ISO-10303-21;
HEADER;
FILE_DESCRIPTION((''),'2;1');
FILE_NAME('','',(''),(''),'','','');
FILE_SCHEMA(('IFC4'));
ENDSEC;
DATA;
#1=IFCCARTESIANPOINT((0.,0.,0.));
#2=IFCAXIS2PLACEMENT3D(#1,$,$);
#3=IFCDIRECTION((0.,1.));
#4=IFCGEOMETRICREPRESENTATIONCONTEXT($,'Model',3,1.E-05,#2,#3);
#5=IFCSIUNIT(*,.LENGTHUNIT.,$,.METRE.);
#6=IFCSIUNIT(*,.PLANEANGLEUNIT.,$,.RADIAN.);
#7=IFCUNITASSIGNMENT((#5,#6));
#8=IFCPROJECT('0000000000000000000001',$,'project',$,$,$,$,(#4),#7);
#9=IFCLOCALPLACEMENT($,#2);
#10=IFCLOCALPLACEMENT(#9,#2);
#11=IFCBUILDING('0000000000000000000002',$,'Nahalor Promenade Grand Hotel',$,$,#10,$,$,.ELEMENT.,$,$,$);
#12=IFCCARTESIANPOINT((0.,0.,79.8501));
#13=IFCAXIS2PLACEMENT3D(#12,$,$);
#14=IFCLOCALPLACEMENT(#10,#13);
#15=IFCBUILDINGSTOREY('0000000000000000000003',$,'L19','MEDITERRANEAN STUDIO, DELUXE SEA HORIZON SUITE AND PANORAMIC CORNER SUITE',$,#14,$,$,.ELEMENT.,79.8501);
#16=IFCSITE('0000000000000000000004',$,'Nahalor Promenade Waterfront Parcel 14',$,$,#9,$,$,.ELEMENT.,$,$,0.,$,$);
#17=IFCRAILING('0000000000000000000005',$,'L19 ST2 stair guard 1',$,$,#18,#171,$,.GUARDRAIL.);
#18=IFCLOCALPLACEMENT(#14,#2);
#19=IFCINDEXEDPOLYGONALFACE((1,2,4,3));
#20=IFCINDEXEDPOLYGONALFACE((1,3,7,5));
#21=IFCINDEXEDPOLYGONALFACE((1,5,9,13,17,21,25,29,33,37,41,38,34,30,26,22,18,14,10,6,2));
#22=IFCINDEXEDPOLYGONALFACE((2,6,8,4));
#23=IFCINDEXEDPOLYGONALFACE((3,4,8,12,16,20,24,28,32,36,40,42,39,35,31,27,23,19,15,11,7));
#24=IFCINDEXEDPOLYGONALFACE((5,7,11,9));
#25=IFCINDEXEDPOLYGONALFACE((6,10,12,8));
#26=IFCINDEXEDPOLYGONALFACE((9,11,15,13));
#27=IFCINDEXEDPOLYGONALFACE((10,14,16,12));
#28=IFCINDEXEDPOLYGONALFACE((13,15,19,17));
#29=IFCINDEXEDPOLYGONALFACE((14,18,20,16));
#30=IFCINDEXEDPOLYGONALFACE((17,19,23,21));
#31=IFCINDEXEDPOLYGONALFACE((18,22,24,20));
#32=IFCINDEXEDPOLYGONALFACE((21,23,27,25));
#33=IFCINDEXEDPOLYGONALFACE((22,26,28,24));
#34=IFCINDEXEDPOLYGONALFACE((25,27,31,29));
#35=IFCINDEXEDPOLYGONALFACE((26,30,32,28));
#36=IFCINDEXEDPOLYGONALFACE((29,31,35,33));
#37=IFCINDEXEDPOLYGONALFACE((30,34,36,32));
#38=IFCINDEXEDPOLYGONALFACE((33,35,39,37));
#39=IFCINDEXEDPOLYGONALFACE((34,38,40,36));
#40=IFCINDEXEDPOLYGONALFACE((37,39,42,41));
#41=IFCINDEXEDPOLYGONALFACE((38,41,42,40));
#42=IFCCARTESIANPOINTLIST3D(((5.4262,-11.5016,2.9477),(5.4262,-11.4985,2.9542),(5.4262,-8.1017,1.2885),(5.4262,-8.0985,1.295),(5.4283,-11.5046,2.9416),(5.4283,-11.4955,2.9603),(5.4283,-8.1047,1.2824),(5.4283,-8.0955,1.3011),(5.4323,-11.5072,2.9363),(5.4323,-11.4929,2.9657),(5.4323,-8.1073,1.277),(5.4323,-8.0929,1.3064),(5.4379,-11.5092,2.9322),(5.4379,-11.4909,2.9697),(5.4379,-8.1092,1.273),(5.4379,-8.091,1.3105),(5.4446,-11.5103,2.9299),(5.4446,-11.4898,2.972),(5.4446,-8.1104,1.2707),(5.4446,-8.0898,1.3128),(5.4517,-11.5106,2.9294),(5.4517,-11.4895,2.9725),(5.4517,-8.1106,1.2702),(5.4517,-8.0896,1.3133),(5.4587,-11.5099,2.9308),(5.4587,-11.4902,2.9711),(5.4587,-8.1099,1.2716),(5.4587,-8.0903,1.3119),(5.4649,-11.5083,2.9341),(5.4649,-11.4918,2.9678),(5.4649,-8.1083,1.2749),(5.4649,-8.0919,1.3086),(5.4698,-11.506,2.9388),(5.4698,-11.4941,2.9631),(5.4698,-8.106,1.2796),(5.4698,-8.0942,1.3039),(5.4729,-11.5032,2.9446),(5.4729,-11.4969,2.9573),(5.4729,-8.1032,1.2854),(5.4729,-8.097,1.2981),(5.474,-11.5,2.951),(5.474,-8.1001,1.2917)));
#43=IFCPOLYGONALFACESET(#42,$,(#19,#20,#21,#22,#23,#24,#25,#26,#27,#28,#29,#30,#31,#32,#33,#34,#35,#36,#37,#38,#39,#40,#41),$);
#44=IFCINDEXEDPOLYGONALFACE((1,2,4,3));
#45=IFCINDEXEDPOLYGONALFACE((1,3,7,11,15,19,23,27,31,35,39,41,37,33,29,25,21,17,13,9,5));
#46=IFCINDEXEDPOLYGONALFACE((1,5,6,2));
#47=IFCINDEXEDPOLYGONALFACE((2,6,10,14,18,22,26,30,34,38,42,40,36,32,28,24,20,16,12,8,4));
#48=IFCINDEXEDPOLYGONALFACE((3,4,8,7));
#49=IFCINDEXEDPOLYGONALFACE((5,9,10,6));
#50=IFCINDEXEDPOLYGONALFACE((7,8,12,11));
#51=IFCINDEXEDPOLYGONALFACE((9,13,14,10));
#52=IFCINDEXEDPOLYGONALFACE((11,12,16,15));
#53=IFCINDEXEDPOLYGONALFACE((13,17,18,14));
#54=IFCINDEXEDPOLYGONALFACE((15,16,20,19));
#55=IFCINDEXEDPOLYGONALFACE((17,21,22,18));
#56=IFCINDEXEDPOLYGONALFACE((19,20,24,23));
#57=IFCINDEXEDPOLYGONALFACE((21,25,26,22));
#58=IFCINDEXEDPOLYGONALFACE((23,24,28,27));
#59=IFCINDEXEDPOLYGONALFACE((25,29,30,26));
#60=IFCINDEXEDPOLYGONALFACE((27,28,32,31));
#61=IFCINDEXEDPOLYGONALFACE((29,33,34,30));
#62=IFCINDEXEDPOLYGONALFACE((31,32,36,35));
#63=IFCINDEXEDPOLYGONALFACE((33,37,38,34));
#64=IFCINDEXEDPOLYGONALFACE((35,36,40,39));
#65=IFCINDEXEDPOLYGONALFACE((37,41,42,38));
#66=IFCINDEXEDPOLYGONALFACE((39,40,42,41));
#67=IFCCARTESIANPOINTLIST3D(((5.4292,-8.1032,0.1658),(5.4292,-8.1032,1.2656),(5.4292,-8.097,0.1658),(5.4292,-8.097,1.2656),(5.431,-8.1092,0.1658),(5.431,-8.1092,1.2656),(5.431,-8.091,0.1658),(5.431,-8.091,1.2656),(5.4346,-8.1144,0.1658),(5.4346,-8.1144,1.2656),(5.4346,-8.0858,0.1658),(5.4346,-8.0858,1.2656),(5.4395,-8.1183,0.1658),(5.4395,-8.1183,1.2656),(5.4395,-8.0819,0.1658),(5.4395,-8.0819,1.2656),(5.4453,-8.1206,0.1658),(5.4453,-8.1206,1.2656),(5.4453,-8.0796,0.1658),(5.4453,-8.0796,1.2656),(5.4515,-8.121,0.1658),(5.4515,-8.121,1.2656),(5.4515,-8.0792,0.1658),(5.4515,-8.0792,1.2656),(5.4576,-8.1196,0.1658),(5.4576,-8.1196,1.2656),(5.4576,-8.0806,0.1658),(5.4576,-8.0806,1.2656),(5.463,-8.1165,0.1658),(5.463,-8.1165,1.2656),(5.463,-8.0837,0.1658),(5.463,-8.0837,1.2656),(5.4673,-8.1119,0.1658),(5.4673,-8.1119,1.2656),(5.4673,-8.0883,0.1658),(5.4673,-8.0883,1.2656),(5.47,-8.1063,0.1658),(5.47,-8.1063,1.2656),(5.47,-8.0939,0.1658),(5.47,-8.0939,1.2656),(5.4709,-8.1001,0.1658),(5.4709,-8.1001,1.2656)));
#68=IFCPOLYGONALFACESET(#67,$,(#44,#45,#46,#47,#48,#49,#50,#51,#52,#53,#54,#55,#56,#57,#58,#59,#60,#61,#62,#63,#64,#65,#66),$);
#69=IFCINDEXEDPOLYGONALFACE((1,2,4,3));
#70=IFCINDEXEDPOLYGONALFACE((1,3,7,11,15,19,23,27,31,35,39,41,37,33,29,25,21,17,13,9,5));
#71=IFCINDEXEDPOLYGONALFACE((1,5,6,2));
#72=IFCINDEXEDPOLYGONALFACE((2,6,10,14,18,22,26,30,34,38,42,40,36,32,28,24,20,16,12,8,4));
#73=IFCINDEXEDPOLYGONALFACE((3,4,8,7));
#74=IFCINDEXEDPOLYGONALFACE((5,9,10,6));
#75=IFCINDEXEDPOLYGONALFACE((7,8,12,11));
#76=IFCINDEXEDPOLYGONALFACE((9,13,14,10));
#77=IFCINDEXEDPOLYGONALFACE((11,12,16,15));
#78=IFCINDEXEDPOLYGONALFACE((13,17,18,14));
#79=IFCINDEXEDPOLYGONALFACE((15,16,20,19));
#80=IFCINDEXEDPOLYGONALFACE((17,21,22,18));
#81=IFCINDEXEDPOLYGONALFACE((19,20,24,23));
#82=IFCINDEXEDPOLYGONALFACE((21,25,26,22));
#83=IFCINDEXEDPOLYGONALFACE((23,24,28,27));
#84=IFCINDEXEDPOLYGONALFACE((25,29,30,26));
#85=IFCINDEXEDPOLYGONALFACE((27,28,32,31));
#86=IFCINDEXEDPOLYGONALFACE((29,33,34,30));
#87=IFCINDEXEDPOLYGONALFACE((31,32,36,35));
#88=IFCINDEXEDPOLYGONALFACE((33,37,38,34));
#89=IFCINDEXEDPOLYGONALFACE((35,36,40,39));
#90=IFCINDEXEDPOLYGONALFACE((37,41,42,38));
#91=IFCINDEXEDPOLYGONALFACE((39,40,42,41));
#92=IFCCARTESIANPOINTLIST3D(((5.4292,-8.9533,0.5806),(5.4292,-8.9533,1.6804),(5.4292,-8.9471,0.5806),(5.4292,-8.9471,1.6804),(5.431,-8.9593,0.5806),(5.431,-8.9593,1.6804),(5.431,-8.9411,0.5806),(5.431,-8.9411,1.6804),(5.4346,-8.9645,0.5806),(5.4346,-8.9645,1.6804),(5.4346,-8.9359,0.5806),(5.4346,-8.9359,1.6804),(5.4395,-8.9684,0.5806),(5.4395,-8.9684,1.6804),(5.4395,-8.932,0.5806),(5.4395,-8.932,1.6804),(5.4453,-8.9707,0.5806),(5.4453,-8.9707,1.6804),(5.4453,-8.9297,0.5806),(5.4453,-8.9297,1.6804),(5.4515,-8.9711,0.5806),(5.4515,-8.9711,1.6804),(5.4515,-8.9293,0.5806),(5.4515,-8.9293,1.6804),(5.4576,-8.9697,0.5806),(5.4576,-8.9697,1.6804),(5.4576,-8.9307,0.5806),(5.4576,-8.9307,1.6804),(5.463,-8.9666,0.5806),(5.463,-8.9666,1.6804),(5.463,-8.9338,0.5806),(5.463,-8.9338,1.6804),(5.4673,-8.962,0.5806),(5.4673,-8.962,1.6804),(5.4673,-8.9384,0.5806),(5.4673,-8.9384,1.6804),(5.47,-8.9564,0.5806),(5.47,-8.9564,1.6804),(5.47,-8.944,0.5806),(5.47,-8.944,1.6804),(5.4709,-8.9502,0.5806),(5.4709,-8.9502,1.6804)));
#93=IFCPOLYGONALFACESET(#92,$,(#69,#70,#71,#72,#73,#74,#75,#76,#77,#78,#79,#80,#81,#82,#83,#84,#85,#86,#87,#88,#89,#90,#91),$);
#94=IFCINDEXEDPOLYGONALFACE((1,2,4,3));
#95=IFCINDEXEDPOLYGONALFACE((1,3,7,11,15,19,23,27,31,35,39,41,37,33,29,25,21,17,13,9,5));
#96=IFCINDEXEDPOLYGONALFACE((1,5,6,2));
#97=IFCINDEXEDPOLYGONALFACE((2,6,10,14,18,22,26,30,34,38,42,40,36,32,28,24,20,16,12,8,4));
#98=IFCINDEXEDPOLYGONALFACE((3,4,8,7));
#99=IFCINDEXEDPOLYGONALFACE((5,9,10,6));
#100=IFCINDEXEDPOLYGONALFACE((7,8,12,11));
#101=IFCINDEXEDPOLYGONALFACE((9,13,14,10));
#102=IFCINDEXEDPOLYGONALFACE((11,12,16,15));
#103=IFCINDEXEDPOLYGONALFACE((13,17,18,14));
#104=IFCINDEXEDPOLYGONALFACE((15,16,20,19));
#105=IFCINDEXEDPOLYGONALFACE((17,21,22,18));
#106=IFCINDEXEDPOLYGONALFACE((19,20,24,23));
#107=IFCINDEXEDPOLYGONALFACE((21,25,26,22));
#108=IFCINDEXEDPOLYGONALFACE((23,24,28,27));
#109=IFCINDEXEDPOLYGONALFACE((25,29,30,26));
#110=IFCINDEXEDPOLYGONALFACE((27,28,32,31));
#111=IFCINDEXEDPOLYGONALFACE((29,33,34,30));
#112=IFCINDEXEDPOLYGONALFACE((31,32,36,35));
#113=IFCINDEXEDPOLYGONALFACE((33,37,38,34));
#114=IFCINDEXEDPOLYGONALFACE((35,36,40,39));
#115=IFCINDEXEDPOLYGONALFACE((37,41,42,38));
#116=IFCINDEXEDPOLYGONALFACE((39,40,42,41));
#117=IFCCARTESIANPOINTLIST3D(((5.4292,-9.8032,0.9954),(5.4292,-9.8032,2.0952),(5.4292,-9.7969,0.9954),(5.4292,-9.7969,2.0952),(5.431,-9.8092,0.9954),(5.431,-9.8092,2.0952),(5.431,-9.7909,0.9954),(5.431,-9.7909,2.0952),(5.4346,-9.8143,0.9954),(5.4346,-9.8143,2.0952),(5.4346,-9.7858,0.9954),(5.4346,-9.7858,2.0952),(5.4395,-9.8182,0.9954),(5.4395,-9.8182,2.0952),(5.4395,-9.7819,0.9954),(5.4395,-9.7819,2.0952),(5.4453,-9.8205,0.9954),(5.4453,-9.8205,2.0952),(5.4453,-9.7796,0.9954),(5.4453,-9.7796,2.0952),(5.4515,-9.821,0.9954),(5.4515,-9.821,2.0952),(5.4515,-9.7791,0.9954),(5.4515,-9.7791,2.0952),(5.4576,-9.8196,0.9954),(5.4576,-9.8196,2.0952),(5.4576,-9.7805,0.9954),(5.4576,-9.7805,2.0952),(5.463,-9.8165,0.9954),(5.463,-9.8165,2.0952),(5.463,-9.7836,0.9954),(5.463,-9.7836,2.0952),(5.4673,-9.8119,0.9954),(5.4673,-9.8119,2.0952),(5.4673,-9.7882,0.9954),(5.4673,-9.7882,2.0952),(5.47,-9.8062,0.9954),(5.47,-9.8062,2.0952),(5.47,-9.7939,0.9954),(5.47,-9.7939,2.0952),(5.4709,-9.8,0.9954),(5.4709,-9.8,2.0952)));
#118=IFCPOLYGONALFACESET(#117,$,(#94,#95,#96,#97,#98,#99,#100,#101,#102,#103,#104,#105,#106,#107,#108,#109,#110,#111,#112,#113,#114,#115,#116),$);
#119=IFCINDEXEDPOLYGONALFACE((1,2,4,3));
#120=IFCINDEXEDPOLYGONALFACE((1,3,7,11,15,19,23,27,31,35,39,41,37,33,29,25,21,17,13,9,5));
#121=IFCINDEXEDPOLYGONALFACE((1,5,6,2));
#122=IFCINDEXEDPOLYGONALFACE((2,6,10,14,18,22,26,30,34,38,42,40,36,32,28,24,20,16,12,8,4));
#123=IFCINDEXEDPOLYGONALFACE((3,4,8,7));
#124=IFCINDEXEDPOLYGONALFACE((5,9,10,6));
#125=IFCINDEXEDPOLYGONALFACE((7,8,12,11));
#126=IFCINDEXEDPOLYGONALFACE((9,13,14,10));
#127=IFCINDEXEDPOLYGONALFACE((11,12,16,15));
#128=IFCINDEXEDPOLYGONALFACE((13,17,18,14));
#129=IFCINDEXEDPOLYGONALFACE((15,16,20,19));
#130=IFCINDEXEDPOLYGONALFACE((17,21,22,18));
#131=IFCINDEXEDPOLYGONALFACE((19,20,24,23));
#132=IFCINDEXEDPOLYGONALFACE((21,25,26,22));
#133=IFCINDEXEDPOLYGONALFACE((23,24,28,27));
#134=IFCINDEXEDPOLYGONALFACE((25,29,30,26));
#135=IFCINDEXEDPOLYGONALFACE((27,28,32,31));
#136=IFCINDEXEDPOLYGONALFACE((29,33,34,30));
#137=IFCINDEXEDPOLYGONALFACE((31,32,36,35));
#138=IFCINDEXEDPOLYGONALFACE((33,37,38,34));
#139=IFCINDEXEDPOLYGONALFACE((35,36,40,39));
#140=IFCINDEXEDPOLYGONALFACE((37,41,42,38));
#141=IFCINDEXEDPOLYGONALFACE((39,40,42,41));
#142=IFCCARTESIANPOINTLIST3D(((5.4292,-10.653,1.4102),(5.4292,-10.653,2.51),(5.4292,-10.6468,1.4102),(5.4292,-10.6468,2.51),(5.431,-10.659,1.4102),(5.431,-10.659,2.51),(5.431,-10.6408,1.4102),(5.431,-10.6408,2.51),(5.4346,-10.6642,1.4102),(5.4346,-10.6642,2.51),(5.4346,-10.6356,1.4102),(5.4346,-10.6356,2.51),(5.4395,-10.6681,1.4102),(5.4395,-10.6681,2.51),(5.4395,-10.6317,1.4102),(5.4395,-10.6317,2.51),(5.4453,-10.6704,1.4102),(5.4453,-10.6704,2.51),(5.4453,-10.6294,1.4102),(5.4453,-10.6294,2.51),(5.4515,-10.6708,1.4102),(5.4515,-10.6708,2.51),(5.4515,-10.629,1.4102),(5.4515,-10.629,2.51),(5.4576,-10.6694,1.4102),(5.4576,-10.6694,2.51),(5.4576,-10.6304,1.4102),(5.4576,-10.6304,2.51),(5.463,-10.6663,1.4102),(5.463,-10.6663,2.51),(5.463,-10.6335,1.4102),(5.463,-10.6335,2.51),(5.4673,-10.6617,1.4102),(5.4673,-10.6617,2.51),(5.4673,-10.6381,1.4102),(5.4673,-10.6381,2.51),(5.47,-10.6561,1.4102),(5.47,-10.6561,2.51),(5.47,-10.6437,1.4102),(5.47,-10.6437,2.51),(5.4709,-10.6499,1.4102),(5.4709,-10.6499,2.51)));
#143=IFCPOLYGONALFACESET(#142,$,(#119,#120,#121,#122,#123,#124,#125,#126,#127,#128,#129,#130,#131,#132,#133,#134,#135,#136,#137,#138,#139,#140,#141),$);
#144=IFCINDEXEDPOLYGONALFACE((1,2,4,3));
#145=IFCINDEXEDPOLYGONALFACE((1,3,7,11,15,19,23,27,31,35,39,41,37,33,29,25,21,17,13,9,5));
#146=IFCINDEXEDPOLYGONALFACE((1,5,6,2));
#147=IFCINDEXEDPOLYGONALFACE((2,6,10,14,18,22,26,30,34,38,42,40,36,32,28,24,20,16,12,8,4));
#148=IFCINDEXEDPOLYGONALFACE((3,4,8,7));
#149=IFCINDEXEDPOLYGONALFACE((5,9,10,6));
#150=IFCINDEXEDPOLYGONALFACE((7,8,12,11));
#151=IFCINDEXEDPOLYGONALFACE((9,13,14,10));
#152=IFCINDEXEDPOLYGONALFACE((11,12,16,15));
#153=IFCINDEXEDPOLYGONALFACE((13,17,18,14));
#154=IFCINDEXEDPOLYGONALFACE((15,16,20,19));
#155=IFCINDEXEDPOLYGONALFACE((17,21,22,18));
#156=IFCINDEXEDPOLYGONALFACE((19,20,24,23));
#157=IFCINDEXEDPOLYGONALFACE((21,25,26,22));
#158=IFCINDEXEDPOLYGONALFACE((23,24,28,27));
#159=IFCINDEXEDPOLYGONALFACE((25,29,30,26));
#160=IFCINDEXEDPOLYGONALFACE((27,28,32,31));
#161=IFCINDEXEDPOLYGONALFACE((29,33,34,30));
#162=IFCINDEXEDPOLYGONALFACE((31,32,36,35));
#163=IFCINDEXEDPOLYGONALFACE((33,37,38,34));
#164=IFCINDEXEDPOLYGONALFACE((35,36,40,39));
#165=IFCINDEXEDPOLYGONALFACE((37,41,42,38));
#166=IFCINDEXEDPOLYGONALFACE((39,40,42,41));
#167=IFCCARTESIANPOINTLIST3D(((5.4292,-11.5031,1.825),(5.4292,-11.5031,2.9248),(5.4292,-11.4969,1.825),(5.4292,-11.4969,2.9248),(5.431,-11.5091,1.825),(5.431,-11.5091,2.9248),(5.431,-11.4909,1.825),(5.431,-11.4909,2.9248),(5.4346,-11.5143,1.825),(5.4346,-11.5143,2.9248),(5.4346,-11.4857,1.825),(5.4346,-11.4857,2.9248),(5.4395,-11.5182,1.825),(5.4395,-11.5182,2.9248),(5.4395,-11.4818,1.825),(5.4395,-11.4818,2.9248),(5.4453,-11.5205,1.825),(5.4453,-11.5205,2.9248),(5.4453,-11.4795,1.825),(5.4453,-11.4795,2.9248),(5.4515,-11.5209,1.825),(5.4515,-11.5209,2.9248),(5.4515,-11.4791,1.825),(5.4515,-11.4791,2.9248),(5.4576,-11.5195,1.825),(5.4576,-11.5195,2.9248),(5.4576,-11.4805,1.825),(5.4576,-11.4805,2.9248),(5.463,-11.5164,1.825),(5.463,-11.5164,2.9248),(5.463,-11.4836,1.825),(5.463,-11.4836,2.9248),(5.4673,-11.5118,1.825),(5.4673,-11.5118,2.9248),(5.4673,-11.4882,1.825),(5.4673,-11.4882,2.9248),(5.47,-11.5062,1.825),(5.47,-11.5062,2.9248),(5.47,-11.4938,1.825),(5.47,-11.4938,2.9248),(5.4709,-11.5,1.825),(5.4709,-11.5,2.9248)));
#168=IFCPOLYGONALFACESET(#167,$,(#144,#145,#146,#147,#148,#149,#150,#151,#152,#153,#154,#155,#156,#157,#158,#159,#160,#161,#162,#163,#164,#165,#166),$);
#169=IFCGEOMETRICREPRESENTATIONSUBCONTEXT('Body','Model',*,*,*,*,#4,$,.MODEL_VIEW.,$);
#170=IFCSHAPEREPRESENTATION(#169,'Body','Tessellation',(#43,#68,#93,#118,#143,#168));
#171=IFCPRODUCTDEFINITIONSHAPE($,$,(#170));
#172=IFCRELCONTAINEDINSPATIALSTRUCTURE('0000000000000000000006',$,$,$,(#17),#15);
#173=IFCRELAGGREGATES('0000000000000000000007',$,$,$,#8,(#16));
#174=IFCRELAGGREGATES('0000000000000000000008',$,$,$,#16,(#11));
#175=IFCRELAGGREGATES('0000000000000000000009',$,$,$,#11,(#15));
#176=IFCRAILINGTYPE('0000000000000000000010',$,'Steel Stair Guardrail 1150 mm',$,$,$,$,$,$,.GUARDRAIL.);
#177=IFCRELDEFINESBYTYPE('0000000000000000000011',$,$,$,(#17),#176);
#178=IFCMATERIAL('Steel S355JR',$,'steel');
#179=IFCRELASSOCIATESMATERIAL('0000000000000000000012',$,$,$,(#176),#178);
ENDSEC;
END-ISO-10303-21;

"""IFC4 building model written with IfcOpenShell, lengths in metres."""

from ifc_helpers import new_model, si_unit, direction, frame, origin, origin_2d, place, context, subcontext, project, spatial, circle, extrude, material, type_object, element, save


model = new_model("IFC4")

# Units and contexts
model_context = context("Model", 3, precision=1e-05, world=origin(), true_north=direction((0.0, 1.0)))
body_context = subcontext(model_context, "Body", "Model", "MODEL_VIEW")
ifc_project = project(units=[si_unit("LENGTHUNIT", "METRE"), si_unit("PLANEANGLEUNIT", "RADIAN")], contexts=[model_context])

# Site, building, storey
site_placement = place(None, origin())
site = spatial("IfcSite", under=ifc_project, at=site_placement, Name="Nahalor Promenade Waterfront Parcel 14", CompositionType="ELEMENT", RefElevation=0.0)
building_placement = place(site_placement, origin())
building = spatial("IfcBuilding", under=site, at=building_placement, Name="Nahalor Promenade Grand Hotel", CompositionType="ELEMENT")
storey_placement = place(building_placement, frame((0.0, 0.0, 79.8501)))
storey = spatial("IfcBuildingStorey", under=building, at=storey_placement, Name="L19", Description="MEDITERRANEAN STUDIO, DELUXE SEA HORIZON SUITE AND PANORAMIC CORNER SUITE", CompositionType="ELEMENT", Elevation=79.8501)

# Shared definitions
ifc_material_1 = material(Name="Steel S355JR", Category="steel")

# Railing
railing_type_1 = type_object("IfcRailingType", Name="Steel Stair Guardrail 1150 mm", PredefinedType="GUARDRAIL", material=ifc_material_1)
railing_1_placement = place(storey_placement, frame((5.45, -8.1001, 0.1658)))
element("IfcRailing", 1, at=railing_1_placement, inside=storey, type_object=railing_type_1, Name="L19 ST2 stair guard 1", PredefinedType="GUARDRAIL", context=body_context, shape_type="SweptSolid", body=[
    extrude(circle(Radius=0.024, at=origin_2d()), frame((0.0, 0.0, 1.126), z_axis=(0.0, -0.898696, 0.438571), x_axis=(1.0, 0.0, 0.0)), (0.0, 0.0, 1.0), 3.7832),
    extrude(circle(Radius=0.021, at=origin_2d()), origin(), (0.0, 0.0, 1.0), 1.0999),
    extrude(circle(Radius=0.021, at=origin_2d()), frame((0.0, -0.8501, 0.4148)), (0.0, 0.0, 1.0), 1.0999),
    extrude(circle(Radius=0.021, at=origin_2d()), frame((0.0, -1.7, 0.8296)), (0.0, 0.0, 1.0), 1.0999),
    extrude(circle(Radius=0.021, at=origin_2d()), frame((0.0, -2.5498, 1.2444)), (0.0, 0.0, 1.0), 1.0999),
    extrude(circle(Radius=0.021, at=origin_2d()), frame((0.0, -3.3999, 1.6592)), (0.0, 0.0, 1.0), 1.0999),
])

save(model, "model.ifc")
